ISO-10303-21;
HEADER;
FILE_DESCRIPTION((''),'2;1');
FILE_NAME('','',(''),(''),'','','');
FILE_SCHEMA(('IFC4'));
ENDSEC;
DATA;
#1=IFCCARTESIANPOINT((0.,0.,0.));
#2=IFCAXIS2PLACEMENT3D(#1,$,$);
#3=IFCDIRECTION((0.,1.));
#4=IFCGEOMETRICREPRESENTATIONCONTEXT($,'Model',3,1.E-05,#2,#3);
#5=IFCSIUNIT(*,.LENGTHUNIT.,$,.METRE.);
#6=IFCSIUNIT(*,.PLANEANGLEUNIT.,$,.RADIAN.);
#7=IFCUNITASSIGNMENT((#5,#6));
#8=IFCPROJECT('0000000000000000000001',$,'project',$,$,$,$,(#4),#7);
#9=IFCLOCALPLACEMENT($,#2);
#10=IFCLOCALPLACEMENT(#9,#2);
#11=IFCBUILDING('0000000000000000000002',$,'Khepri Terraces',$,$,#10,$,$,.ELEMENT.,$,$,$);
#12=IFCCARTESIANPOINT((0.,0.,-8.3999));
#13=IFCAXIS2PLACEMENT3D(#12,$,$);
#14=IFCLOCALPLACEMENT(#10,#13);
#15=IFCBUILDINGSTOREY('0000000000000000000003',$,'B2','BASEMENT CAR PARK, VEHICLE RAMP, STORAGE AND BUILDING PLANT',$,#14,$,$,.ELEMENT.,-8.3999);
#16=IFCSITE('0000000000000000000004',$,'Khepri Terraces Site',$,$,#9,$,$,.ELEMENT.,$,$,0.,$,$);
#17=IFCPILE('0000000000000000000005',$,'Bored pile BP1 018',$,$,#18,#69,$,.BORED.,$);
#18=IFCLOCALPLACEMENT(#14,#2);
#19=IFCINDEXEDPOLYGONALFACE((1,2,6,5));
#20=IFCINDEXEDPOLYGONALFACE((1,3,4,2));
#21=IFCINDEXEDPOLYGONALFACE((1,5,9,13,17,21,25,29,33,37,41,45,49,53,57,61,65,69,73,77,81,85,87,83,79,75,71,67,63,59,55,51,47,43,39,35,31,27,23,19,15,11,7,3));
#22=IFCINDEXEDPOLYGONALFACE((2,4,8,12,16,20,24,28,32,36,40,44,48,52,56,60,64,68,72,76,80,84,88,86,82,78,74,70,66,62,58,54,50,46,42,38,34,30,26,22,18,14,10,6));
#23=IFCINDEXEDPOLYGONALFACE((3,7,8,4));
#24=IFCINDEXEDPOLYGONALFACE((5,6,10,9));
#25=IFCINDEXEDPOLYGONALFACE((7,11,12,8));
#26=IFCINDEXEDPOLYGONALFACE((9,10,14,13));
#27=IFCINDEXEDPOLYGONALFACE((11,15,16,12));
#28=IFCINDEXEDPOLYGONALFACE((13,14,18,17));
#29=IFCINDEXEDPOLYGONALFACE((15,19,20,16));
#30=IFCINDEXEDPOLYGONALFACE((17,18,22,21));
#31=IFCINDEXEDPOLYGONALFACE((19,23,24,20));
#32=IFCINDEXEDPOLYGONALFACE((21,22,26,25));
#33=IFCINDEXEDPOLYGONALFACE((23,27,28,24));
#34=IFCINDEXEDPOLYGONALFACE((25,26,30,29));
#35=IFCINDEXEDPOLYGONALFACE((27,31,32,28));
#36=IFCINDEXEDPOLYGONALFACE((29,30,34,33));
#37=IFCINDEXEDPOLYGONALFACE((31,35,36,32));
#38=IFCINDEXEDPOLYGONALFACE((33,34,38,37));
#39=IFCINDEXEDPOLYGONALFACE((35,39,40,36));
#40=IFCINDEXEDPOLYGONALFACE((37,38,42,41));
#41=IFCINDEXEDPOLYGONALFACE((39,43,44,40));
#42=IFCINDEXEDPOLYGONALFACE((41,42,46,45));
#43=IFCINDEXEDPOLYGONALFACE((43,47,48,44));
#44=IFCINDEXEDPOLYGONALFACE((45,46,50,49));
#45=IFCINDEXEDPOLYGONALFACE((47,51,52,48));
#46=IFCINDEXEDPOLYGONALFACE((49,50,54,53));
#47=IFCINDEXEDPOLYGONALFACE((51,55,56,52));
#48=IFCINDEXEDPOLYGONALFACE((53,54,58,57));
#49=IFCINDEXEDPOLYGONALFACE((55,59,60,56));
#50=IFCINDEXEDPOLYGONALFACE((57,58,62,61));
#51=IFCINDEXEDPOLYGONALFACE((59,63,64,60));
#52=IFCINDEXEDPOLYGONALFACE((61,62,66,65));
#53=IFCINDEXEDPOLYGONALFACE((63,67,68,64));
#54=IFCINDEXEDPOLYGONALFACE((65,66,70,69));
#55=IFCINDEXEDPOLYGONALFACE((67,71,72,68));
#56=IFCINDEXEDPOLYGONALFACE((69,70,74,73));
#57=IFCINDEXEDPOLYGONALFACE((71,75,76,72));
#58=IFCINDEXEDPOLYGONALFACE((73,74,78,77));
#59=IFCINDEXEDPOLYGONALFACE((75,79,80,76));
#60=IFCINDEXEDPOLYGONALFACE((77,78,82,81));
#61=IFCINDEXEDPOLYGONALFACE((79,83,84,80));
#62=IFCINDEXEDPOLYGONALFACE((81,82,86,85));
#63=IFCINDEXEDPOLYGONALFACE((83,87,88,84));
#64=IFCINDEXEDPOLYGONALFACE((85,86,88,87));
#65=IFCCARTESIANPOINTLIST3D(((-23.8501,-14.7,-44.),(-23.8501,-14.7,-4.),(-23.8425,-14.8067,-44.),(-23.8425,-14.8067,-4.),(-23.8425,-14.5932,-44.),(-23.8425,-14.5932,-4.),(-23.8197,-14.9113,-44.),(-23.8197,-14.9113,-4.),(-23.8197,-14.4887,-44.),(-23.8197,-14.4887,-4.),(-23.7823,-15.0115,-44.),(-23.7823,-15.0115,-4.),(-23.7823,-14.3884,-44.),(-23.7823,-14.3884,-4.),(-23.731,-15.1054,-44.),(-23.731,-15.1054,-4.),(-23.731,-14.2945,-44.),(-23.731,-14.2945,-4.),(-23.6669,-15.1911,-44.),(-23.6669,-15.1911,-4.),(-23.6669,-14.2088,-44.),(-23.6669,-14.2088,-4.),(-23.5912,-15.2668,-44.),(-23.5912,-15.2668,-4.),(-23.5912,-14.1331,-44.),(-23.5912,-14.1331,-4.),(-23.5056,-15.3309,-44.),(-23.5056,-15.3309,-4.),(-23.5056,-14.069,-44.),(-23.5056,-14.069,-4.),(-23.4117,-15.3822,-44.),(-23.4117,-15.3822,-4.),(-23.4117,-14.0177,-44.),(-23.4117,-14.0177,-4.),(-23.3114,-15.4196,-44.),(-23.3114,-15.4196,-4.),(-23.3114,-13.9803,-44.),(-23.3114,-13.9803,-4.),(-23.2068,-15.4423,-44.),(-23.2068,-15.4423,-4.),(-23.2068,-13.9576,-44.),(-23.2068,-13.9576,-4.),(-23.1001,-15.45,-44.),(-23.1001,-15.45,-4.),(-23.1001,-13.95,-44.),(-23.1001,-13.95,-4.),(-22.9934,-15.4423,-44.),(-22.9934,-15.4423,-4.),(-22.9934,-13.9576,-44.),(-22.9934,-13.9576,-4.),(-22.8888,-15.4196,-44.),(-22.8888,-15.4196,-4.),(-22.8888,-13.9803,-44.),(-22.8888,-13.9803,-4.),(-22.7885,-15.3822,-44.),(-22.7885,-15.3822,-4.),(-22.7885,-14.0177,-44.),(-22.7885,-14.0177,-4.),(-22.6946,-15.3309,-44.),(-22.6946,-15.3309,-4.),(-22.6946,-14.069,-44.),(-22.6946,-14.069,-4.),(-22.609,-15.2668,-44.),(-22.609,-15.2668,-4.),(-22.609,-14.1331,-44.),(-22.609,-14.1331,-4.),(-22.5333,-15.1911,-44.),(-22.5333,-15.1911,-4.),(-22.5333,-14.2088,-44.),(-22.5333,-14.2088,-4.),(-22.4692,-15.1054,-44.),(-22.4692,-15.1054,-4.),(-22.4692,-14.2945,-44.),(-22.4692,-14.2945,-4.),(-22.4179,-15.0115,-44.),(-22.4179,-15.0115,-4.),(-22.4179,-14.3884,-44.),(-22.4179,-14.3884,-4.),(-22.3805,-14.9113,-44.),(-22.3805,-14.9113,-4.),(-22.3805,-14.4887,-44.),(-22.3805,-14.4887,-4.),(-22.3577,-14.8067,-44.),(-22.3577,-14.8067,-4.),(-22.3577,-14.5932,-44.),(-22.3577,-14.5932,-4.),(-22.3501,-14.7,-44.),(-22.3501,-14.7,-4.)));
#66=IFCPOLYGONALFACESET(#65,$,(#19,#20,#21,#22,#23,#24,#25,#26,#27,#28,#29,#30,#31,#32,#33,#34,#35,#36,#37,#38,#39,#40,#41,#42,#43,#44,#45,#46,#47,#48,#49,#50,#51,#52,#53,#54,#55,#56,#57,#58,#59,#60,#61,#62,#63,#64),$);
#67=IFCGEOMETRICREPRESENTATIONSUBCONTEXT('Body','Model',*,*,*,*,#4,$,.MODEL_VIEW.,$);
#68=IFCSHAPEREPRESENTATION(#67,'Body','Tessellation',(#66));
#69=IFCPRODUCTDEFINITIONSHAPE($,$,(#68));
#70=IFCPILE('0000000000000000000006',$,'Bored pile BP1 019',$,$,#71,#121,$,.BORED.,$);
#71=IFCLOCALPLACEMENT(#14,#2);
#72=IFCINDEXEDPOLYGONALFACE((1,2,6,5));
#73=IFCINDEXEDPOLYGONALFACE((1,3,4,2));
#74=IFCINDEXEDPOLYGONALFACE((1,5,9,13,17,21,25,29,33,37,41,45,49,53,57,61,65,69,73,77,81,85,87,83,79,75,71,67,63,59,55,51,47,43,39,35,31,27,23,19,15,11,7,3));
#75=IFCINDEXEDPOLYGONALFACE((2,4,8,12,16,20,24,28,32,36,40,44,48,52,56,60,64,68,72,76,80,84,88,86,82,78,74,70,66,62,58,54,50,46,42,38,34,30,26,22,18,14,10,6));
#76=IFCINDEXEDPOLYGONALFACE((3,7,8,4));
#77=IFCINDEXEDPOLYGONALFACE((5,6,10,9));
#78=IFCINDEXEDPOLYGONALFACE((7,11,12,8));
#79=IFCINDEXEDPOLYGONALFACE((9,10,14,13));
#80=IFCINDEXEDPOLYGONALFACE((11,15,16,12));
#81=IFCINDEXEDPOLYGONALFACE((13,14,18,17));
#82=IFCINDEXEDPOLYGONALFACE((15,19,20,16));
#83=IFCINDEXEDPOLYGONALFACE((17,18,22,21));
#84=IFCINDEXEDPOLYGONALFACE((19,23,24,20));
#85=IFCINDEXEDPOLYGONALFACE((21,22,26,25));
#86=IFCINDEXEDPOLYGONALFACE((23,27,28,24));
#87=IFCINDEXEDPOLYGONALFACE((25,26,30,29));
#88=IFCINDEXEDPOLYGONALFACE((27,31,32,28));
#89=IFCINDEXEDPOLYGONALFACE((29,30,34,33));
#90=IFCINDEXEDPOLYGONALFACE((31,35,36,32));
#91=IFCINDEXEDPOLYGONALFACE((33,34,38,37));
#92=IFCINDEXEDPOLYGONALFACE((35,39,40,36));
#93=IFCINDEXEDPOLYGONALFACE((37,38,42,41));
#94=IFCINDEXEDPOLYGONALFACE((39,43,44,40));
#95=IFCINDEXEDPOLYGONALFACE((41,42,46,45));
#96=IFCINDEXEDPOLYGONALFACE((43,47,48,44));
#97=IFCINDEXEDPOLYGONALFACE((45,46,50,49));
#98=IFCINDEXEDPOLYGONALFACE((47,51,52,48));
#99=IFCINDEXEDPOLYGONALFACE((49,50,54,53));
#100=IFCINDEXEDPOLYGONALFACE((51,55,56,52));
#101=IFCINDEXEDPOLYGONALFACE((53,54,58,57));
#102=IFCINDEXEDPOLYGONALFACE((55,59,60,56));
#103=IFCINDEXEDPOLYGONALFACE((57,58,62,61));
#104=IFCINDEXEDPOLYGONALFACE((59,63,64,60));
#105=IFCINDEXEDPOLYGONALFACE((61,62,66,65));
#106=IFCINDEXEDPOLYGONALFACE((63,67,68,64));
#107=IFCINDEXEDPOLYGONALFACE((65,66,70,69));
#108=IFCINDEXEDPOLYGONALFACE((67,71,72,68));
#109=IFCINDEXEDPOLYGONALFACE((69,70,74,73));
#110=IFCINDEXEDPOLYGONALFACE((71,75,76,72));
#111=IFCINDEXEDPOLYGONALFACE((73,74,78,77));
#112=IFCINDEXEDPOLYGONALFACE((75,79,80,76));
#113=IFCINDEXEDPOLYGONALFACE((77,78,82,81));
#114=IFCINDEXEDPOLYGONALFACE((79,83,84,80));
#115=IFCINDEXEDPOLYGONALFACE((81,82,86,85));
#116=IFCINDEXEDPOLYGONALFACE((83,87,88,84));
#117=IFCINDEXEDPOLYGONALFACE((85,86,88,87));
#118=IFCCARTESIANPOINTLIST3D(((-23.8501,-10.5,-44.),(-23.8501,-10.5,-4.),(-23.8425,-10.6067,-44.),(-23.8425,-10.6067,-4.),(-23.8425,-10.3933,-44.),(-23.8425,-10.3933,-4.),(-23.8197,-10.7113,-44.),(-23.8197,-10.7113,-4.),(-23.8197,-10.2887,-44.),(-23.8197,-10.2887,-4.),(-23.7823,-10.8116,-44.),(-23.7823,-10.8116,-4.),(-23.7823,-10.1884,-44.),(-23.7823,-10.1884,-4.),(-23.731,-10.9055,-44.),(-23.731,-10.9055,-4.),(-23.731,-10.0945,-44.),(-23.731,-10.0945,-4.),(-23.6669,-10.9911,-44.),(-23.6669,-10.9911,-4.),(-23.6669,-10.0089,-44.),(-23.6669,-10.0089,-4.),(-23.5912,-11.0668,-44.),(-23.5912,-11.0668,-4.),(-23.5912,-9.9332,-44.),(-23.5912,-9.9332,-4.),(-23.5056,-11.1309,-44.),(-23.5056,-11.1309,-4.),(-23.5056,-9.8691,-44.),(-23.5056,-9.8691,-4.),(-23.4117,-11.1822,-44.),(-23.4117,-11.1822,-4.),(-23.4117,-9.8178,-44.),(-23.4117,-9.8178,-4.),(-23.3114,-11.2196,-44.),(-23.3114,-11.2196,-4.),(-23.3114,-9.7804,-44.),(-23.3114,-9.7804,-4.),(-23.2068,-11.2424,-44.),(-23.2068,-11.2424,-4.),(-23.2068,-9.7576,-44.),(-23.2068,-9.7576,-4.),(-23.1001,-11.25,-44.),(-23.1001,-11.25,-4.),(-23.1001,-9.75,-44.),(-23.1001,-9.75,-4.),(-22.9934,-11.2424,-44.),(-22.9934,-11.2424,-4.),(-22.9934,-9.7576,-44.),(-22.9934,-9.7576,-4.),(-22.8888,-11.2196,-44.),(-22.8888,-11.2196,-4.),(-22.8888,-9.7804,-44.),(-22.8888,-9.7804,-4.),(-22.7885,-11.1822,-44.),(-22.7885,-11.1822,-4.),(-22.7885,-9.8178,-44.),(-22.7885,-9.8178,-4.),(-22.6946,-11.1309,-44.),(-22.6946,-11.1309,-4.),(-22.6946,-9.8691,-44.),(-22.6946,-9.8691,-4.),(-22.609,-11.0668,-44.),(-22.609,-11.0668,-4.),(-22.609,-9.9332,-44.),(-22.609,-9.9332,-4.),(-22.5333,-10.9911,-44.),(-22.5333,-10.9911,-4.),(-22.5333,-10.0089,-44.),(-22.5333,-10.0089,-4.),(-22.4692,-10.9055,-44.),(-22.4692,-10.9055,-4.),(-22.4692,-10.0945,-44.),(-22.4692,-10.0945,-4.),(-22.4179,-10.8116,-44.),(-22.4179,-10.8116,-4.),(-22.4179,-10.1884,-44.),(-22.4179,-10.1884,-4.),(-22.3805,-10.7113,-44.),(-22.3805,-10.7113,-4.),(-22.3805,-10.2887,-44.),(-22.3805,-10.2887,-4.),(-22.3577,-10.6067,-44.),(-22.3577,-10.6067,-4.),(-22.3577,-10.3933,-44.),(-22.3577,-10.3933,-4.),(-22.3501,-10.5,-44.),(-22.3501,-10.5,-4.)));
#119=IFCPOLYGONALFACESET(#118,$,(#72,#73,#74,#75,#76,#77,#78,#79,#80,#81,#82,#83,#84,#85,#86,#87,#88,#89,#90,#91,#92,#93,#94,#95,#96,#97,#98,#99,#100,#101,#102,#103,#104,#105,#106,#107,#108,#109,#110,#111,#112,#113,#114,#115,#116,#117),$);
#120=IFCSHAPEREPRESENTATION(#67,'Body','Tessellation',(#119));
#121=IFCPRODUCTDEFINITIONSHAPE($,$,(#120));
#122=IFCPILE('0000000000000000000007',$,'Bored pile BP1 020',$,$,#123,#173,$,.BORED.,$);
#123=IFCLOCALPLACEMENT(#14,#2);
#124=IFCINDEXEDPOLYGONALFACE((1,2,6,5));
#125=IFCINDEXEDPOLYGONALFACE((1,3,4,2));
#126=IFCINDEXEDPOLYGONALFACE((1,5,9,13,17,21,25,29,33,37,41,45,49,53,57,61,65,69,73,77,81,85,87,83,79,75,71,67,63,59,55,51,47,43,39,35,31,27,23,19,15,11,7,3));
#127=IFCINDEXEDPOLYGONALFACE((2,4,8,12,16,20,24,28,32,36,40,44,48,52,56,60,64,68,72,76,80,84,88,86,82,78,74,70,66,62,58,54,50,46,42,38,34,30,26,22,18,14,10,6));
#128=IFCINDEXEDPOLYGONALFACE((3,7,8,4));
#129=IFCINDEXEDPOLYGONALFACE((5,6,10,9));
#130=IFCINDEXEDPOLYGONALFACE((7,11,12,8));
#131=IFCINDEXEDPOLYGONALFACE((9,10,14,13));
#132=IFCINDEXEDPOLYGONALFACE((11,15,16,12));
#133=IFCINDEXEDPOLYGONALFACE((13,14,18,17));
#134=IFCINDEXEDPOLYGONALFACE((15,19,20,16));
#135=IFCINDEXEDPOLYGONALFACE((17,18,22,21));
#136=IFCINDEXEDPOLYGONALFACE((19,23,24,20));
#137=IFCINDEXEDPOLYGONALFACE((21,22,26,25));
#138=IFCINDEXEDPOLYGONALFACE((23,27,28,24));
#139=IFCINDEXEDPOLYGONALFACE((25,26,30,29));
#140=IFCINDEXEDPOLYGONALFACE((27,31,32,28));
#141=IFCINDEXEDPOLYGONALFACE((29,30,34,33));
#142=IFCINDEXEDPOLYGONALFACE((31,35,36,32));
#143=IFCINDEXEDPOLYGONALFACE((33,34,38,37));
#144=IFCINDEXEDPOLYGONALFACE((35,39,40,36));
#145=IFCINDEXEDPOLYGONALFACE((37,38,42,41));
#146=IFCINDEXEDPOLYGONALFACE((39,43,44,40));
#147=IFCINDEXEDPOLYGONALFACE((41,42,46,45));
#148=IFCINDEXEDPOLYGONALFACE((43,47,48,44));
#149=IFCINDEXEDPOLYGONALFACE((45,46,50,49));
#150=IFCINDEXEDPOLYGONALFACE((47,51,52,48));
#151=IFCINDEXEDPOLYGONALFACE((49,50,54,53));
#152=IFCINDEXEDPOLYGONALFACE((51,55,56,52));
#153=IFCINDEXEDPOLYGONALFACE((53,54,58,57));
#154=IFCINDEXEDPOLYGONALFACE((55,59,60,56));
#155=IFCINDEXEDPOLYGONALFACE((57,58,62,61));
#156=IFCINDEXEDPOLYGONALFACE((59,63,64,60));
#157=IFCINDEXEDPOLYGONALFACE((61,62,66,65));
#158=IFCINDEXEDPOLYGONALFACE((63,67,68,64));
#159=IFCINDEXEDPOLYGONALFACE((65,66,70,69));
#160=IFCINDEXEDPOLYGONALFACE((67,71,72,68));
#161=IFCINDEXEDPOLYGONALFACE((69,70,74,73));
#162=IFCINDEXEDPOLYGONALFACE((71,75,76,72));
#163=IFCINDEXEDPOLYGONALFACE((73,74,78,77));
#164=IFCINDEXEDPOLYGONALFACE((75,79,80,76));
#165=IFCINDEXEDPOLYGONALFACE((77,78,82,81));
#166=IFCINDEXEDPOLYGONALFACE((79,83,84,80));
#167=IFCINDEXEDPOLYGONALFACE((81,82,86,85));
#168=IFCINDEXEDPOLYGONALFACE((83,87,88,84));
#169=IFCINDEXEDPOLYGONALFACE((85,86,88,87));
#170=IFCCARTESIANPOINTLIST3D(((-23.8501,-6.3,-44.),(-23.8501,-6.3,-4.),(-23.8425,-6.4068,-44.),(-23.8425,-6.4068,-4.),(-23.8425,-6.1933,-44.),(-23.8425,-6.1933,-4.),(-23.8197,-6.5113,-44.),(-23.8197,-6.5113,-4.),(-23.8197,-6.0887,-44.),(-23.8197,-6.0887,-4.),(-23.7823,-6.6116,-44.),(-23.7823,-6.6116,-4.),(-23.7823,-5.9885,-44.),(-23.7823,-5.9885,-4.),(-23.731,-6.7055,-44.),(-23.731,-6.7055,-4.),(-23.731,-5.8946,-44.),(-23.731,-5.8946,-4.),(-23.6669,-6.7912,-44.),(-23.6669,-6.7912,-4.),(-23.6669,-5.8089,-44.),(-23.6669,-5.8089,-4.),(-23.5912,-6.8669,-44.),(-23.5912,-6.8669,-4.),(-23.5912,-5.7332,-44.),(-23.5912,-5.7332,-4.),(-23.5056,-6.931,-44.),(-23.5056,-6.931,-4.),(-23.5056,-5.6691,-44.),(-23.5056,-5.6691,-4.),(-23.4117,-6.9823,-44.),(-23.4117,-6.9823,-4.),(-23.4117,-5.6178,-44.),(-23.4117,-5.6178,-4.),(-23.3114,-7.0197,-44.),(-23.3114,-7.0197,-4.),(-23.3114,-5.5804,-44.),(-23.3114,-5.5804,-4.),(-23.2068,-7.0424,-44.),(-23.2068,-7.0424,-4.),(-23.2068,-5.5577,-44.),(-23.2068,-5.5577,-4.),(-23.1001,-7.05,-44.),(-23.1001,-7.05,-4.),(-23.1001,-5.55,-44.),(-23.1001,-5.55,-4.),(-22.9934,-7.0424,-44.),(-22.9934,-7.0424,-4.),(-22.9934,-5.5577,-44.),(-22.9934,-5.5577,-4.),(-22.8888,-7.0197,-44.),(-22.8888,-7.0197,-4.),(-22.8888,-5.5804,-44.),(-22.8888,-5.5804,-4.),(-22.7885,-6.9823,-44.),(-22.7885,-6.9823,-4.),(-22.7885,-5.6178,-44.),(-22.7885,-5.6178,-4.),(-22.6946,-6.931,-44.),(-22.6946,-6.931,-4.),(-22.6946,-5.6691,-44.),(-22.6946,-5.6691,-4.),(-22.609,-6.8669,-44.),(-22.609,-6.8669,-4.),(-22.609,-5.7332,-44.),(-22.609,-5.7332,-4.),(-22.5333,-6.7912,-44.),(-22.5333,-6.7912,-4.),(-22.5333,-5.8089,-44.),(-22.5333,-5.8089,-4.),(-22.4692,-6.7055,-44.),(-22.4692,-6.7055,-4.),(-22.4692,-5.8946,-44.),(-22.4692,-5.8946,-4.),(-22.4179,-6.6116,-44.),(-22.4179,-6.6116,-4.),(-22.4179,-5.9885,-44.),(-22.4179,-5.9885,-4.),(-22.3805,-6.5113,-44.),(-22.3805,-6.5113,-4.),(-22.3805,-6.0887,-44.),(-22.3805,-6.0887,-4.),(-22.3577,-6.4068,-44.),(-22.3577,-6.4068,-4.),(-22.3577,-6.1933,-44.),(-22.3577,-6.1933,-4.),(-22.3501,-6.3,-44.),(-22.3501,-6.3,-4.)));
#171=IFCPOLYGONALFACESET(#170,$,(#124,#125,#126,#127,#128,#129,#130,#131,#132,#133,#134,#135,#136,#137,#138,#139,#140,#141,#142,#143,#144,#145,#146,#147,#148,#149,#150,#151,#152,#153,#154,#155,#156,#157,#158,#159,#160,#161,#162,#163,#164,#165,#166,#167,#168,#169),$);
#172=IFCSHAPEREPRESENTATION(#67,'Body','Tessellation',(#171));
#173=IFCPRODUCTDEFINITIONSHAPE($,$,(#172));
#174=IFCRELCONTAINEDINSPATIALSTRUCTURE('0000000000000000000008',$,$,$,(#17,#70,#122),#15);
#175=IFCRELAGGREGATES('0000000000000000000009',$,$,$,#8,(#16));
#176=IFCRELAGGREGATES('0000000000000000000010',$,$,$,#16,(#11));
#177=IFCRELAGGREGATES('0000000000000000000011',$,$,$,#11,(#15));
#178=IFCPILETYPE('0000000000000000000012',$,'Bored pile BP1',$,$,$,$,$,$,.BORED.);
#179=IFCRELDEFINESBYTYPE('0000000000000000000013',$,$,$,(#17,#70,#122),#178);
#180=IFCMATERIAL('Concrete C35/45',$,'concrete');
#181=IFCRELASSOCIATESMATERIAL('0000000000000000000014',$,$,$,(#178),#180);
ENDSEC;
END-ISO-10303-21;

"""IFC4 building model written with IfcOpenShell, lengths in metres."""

from ifc_helpers import new_model, si_unit, direction, frame, origin, origin_2d, place, context, subcontext, project, spatial, circle, extrude, material, material_profile, profile_set, type_object, element, save


model = new_model("IFC4")

# Units and contexts
model_context = context("Model", 3, precision=1e-05, world=origin(), true_north=direction((0.0, 1.0)))
body_context = subcontext(model_context, "Body", "Model", "MODEL_VIEW")
ifc_project = project(units=[si_unit("LENGTHUNIT", "METRE"), si_unit("PLANEANGLEUNIT", "RADIAN")], contexts=[model_context])

# Site, building, storey
site_placement = place(None, origin())
site = spatial("IfcSite", under=ifc_project, at=site_placement, Name="Khepri Terraces Site", CompositionType="ELEMENT", RefElevation=0.0)
building_placement = place(site_placement, origin())
building = spatial("IfcBuilding", under=site, at=building_placement, Name="Khepri Terraces", CompositionType="ELEMENT")
storey_placement = place(building_placement, frame((0.0, 0.0, -8.3999)))
storey = spatial("IfcBuildingStorey", under=building, at=storey_placement, Name="B2", Description="BASEMENT CAR PARK, VEHICLE RAMP, STORAGE AND BUILDING PLANT", CompositionType="ELEMENT", Elevation=-8.3999)

# Piles
ifc_material_1 = material(Name="Concrete C35/45", Category="concrete")
ifc_material_profile_1 = material_profile(ifc_material_1, circle(Radius=0.75, at=origin_2d()), Name="Concrete C35/45", Category="concrete")
ifc_profile_set_1 = profile_set([ifc_material_profile_1], Name="Concrete C35/45")
pile_type = type_object("IfcPileType", Name="Bored pile BP1", PredefinedType="BORED", material=ifc_profile_set_1)
for number, where, z_axis, x_axis, name in (
    (1, (-23.1001, -14.7, -4.0), (0.0, 0.0, -1.0), (1.0, 0.0, 0.0), "Bored pile BP1 018"),
    (2, (-23.1001, -10.5, -4.0), (0.0, 0.0, -1.0), (1.0, 0.0, 0.0), "Bored pile BP1 019"),
    (3, (-23.1001, -6.3, -4.0), (0.0, 0.0, -1.0), (1.0, 0.0, 0.0), "Bored pile BP1 020"),
):
    element("IfcPile", number, at=place(storey_placement, frame(where, z_axis=z_axis, x_axis=x_axis)), inside=storey, type_object=pile_type, Name=name, PredefinedType="BORED", context=body_context, shape_type="SweptSolid", body=[
        extrude(circle(Radius=0.75, at=origin_2d()), origin(), (0.0, 0.0, 1.0), 40.0),
    ])

save(model, "model.ifc")
